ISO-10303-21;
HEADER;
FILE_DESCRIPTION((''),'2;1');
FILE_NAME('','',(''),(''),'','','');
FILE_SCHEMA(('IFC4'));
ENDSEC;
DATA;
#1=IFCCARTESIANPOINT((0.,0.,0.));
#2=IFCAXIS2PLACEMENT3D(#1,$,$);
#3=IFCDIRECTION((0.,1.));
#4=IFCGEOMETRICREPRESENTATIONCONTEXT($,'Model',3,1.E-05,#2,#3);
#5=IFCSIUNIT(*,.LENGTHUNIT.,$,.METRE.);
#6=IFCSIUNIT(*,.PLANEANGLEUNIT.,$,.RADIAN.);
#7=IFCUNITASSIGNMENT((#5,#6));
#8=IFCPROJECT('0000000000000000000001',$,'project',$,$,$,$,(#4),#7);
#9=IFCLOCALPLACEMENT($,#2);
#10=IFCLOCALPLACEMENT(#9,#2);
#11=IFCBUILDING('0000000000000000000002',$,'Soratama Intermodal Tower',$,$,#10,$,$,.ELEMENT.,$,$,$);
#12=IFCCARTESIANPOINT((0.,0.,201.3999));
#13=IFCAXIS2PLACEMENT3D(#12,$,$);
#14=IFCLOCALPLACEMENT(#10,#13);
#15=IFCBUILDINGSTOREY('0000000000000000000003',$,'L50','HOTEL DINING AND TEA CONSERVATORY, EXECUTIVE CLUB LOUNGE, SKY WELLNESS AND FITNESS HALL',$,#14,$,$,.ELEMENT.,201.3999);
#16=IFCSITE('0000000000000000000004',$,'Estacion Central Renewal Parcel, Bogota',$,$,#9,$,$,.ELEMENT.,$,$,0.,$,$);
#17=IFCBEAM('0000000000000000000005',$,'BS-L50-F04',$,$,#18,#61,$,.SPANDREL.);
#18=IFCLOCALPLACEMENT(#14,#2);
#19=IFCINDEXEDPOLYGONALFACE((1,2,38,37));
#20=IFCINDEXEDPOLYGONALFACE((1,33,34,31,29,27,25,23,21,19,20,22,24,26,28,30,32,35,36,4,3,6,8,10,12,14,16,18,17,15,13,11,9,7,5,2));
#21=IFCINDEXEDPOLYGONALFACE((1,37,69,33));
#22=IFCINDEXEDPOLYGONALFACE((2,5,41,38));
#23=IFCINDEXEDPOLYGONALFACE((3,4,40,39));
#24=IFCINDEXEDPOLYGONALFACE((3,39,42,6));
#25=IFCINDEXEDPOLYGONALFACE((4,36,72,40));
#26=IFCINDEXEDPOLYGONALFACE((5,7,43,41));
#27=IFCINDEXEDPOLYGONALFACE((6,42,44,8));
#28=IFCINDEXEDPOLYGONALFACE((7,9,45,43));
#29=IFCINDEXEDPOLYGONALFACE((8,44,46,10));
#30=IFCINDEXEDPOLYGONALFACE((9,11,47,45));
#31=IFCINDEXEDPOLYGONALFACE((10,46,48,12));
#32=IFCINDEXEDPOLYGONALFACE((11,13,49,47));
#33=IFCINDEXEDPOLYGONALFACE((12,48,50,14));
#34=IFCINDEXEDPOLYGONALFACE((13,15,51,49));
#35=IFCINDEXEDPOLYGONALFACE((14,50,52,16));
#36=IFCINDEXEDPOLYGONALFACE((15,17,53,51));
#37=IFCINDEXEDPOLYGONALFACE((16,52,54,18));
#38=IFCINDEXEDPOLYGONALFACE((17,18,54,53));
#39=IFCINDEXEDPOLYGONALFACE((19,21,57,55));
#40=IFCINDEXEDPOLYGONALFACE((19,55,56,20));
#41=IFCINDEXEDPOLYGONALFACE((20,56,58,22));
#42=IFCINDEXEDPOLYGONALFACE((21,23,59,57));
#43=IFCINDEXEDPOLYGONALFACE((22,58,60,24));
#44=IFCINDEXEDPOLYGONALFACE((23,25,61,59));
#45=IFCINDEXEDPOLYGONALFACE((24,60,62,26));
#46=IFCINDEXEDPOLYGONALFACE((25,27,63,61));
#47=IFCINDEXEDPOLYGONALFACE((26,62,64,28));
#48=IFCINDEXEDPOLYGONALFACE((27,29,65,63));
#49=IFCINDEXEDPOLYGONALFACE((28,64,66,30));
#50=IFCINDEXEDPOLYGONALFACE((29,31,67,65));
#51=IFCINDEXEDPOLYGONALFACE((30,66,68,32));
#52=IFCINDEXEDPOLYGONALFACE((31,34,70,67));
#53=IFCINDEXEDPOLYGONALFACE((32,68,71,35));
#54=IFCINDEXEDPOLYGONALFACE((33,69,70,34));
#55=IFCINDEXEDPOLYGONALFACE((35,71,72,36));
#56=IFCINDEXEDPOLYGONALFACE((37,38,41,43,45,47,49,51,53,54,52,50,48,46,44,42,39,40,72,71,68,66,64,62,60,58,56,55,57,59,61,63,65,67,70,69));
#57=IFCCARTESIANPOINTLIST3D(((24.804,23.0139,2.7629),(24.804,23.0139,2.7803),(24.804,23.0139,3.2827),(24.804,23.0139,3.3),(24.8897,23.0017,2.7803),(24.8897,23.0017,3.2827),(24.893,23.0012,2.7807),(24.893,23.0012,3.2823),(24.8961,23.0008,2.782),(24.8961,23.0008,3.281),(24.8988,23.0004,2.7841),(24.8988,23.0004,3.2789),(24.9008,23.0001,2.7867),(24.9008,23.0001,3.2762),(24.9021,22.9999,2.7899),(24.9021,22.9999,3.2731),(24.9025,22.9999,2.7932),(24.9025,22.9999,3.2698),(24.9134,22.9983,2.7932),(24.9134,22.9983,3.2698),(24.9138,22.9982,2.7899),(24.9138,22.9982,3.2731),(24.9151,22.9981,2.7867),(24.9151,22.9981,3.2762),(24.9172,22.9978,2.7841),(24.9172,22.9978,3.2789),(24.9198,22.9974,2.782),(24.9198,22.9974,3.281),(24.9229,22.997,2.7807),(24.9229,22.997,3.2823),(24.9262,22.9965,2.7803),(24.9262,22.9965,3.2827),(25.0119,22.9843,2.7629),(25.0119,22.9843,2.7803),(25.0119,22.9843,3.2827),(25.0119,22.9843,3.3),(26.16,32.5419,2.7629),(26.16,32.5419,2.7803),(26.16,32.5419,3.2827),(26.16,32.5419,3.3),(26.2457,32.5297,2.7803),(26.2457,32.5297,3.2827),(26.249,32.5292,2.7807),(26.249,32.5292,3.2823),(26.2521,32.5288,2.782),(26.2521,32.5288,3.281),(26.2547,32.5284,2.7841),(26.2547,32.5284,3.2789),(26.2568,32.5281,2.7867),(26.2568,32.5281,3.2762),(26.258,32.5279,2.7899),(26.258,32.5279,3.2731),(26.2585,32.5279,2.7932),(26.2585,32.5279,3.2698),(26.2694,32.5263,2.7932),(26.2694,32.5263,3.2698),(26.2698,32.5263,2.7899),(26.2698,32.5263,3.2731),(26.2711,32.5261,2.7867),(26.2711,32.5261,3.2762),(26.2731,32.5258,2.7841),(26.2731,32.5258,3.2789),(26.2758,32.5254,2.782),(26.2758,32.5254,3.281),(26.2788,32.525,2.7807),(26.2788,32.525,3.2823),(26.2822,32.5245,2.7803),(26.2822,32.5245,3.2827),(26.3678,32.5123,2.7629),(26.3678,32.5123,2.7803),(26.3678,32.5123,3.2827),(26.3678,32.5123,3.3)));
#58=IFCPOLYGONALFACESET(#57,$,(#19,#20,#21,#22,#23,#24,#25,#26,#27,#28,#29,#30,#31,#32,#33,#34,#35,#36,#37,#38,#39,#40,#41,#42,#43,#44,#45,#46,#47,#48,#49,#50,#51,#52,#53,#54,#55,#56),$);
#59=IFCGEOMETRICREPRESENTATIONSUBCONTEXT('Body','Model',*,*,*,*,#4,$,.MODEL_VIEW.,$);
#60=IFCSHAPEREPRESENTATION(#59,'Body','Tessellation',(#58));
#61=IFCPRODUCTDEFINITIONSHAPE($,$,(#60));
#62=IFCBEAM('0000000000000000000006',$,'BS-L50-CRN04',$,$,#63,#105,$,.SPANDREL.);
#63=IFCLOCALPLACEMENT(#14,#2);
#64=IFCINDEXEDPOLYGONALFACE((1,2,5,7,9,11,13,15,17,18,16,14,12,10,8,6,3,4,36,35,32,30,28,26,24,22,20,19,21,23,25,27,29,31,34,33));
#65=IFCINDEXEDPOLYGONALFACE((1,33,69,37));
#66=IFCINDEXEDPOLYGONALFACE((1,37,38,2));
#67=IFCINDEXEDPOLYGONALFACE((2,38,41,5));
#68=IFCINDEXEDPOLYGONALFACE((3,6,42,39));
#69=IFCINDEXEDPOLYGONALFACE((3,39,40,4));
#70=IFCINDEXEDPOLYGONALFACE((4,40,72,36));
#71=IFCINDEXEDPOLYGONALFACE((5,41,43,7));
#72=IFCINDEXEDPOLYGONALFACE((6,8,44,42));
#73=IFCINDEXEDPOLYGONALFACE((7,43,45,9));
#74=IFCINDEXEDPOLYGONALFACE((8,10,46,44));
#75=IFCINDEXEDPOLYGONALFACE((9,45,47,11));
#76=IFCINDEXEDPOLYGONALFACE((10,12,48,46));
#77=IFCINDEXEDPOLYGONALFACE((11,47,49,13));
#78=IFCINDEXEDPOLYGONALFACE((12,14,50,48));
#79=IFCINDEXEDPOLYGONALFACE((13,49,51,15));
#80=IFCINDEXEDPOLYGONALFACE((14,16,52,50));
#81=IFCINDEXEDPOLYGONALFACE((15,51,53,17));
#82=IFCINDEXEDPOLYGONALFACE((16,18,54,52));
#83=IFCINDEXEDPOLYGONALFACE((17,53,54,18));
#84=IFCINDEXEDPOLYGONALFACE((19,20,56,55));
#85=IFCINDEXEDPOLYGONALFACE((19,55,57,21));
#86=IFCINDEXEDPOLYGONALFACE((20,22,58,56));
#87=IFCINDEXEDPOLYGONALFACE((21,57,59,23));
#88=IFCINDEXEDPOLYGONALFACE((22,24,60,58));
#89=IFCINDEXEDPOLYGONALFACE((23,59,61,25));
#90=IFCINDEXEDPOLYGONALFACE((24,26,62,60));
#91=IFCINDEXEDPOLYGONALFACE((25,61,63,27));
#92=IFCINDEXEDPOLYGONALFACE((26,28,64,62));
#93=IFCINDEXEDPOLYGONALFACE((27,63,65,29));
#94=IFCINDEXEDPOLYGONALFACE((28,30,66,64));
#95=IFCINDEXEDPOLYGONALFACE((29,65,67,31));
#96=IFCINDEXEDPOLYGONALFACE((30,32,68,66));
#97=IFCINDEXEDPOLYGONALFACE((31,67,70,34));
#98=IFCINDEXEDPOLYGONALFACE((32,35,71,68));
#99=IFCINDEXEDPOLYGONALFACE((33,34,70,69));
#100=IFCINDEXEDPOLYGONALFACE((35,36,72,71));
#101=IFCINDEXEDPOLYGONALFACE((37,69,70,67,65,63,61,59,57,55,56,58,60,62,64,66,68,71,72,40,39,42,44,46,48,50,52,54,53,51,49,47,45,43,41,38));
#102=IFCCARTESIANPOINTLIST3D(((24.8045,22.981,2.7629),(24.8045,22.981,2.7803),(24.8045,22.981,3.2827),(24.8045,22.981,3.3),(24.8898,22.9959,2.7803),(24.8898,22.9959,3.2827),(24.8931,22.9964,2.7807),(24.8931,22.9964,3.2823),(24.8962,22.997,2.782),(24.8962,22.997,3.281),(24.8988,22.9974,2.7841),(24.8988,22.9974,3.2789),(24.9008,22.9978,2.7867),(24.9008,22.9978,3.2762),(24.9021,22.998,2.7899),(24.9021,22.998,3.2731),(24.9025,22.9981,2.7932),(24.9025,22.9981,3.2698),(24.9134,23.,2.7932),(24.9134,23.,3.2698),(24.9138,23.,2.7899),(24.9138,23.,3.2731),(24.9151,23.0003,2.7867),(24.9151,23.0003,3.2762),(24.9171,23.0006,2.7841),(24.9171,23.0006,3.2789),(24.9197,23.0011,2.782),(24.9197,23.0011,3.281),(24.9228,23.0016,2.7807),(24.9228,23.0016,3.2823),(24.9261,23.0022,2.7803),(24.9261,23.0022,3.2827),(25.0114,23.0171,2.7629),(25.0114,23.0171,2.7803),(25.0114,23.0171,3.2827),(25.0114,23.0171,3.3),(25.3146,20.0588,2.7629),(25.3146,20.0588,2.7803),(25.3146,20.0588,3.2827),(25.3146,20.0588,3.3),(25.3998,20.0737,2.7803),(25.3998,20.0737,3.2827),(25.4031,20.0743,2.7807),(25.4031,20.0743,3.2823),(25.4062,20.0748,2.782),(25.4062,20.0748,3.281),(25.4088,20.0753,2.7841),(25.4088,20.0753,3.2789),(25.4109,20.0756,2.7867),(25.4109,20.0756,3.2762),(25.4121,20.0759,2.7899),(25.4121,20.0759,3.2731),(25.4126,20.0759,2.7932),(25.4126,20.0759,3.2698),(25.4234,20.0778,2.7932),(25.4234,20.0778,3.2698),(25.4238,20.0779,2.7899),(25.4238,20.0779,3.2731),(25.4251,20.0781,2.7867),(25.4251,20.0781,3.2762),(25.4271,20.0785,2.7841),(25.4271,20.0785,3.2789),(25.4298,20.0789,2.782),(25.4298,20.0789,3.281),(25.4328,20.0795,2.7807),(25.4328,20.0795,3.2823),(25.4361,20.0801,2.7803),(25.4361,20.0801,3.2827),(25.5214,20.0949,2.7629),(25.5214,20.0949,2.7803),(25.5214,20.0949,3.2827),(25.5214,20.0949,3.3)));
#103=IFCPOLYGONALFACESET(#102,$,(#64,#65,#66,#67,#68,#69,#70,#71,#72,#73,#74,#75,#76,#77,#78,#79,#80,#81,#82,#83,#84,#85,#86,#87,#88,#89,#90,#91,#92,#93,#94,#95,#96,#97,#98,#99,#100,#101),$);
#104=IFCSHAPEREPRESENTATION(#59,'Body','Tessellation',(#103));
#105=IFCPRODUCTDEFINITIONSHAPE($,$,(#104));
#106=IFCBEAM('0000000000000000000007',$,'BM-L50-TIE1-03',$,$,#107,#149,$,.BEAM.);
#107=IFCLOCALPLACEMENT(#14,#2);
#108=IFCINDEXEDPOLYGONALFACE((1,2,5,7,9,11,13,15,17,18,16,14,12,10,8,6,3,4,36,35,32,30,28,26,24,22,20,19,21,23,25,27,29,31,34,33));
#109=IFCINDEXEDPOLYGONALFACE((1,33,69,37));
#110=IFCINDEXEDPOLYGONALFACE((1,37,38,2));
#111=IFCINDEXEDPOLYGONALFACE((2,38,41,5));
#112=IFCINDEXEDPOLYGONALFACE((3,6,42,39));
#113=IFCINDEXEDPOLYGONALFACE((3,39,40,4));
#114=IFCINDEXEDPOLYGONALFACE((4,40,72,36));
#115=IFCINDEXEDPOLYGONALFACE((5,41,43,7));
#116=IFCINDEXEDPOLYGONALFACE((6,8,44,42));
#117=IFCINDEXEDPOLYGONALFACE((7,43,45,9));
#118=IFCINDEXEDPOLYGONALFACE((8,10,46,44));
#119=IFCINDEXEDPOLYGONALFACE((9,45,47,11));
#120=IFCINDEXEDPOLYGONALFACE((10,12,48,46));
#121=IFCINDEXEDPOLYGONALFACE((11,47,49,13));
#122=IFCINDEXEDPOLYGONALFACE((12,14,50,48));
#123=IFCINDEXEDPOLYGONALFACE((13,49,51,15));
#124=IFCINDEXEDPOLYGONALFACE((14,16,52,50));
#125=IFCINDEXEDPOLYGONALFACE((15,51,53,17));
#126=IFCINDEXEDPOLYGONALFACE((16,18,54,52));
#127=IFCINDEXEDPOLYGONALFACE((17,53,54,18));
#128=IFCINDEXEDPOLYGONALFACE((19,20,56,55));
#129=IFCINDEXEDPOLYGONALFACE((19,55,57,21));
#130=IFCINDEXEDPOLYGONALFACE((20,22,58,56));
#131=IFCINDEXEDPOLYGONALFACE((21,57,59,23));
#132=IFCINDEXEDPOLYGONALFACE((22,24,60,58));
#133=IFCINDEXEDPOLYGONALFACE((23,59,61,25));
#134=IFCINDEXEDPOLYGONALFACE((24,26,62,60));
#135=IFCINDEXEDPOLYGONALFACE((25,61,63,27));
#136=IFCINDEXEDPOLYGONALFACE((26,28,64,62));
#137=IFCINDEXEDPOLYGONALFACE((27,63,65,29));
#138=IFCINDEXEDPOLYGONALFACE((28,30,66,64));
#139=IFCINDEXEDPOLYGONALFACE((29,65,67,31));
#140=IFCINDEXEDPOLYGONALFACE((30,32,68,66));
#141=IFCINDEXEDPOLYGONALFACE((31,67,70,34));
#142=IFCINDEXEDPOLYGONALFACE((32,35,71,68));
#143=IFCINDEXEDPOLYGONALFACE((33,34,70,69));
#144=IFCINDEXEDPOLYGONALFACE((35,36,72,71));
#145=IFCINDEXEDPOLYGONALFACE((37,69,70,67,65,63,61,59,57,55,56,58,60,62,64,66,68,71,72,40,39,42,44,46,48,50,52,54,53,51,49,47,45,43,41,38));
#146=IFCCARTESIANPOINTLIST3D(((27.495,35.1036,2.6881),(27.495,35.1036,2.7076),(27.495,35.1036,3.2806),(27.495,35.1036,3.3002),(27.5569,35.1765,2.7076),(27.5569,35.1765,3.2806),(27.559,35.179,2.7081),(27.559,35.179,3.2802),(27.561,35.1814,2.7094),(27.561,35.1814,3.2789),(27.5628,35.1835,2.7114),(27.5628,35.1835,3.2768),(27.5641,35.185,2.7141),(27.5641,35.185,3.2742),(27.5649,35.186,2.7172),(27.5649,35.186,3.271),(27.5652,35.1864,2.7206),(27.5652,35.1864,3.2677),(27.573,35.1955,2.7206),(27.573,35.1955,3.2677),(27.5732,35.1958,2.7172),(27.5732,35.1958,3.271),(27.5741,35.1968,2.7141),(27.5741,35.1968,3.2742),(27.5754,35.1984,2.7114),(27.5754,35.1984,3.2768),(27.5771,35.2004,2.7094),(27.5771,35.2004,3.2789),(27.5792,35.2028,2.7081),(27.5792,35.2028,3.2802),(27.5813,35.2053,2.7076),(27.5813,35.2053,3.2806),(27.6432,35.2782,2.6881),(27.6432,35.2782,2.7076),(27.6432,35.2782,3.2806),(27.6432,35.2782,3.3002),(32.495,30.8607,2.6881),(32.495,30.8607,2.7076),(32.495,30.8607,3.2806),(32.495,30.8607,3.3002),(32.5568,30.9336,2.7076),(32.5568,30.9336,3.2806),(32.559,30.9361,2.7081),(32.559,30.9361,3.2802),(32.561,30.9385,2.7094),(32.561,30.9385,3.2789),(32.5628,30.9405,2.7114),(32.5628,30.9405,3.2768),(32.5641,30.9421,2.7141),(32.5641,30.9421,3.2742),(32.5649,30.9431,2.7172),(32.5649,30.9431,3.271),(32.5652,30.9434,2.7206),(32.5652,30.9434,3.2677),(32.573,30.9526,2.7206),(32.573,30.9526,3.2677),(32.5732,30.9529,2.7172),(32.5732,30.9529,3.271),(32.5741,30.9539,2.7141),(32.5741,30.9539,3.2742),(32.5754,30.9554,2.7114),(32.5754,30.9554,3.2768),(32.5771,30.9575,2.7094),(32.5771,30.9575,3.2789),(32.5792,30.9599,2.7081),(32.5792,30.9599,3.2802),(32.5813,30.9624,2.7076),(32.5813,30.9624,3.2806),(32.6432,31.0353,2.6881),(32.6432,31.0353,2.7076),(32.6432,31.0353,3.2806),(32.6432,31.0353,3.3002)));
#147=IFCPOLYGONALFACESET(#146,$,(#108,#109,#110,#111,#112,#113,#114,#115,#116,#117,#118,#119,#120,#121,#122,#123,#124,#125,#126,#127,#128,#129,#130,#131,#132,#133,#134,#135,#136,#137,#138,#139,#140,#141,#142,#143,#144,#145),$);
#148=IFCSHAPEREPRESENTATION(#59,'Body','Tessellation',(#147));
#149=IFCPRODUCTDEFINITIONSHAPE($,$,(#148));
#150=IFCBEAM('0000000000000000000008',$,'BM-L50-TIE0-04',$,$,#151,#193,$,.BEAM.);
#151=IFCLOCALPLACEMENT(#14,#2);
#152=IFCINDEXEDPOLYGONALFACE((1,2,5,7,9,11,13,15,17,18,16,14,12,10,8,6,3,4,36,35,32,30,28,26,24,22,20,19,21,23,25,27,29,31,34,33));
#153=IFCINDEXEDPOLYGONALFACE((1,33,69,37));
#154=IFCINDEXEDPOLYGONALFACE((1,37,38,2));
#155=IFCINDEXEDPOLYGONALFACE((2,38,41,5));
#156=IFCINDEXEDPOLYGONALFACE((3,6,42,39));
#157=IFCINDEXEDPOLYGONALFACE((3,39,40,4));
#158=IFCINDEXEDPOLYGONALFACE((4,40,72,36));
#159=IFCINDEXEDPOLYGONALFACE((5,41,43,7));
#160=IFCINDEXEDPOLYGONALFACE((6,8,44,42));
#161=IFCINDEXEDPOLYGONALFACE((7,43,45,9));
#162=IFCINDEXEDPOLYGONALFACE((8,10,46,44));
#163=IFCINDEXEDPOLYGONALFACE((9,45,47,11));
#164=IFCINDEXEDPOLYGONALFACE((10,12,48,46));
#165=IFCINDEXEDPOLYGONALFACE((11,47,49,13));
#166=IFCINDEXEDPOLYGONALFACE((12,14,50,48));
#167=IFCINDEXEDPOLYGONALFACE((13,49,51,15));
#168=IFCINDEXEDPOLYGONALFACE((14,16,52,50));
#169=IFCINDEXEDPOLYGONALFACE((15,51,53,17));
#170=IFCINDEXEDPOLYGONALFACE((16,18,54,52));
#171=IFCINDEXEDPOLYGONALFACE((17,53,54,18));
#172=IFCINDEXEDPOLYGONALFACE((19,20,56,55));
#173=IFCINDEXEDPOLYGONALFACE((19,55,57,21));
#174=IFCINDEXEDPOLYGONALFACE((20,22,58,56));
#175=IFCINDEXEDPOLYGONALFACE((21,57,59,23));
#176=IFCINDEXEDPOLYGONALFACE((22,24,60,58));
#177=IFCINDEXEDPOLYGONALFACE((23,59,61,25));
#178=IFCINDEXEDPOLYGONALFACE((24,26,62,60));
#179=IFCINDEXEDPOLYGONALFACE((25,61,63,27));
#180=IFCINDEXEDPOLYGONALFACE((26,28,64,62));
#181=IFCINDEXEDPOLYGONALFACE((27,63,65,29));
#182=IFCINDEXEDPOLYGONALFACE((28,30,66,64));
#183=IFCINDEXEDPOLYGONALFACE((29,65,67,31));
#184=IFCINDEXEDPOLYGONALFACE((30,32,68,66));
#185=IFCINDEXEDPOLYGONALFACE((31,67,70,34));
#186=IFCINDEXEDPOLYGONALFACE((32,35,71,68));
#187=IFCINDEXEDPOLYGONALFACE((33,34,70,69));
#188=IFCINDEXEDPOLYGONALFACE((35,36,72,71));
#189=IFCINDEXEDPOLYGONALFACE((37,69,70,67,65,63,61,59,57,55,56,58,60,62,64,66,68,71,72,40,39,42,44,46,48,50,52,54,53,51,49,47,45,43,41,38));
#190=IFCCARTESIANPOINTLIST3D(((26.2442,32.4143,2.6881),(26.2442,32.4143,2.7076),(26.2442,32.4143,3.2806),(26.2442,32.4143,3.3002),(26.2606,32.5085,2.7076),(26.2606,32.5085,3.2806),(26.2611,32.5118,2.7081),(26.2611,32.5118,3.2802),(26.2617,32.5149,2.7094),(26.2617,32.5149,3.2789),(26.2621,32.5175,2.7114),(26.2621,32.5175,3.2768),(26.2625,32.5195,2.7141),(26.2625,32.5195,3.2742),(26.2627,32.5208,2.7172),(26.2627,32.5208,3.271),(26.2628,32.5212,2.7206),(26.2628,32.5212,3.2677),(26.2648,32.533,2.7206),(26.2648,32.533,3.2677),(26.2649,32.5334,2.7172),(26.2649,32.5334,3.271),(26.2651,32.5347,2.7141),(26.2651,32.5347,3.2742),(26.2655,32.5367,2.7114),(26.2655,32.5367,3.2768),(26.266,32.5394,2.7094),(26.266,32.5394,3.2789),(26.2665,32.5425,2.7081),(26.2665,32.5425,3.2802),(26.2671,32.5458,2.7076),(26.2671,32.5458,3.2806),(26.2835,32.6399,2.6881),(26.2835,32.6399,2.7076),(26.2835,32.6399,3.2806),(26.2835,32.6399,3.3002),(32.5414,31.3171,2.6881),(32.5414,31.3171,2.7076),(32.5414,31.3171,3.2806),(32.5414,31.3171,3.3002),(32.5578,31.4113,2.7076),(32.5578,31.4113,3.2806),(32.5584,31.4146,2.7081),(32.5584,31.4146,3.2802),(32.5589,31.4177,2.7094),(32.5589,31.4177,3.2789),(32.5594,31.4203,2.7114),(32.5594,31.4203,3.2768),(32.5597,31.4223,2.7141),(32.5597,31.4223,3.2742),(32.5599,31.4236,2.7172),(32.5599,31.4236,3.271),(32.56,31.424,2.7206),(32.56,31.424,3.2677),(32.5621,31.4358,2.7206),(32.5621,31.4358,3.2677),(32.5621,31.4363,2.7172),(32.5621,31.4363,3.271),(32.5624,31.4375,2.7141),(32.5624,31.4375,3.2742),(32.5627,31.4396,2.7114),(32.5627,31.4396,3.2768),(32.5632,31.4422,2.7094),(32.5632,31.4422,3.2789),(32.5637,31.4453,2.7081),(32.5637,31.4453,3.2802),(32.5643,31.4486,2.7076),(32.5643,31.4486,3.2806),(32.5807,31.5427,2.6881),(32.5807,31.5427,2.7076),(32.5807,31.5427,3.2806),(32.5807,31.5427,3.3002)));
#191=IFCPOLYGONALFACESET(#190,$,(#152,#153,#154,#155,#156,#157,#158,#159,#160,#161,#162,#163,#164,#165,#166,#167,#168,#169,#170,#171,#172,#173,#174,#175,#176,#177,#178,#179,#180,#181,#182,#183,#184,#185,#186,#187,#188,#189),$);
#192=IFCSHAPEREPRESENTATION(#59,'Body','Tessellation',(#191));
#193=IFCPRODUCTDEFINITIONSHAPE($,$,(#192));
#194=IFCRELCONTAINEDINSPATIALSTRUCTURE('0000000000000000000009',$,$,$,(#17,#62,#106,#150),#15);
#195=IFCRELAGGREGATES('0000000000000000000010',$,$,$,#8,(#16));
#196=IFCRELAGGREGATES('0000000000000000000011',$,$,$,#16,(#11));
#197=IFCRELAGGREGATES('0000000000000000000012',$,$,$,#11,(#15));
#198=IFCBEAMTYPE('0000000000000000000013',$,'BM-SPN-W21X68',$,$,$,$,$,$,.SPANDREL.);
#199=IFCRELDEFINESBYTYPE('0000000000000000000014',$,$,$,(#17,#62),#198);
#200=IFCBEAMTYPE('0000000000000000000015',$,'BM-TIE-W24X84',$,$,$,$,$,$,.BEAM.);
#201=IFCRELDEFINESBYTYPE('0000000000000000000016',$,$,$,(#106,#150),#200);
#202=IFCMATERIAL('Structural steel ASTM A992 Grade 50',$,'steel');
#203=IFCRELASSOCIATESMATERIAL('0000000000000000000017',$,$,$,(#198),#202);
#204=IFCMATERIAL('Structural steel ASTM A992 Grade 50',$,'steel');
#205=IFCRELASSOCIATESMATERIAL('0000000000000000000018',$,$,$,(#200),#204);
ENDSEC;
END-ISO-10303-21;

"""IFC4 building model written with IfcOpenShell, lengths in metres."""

from ifc_helpers import new_model, si_unit, direction, frame, origin, origin_2d, place, context, subcontext, project, spatial, i_section, extrude, material, material_profile, profile_set, type_object, element, save


model = new_model("IFC4")

# Units and contexts
model_context = context("Model", 3, precision=1e-05, world=origin(), true_north=direction((0.0, 1.0)))
body_context = subcontext(model_context, "Body", "Model", "MODEL_VIEW")
ifc_project = project(units=[si_unit("LENGTHUNIT", "METRE"), si_unit("PLANEANGLEUNIT", "RADIAN")], contexts=[model_context])

# Site, building, storey
site_placement = place(None, origin())
site = spatial("IfcSite", under=ifc_project, at=site_placement, Name="Estacion Central Renewal Parcel, Bogota", CompositionType="ELEMENT", RefElevation=0.0)
building_placement = place(site_placement, origin())
building = spatial("IfcBuilding", under=site, at=building_placement, Name="Soratama Intermodal Tower", CompositionType="ELEMENT")
storey_placement = place(building_placement, frame((0.0, 0.0, 201.3999)))
storey = spatial("IfcBuildingStorey", under=building, at=storey_placement, Name="L50", Description="HOTEL DINING AND TEA CONSERVATORY, EXECUTIVE CLUB LOUNGE, SKY WELLNESS AND FITNESS HALL", CompositionType="ELEMENT", Elevation=201.3999)

# Beams
ifc_material_1 = material(Name="Structural steel ASTM A992 Grade 50", Category="steel")
ifc_material_profile_1 = material_profile(ifc_material_1, i_section(OverallWidth=0.21, OverallDepth=0.5371, WebThickness=0.011, FlangeThickness=0.0173, FilletRadius=0.0129, at=origin_2d()), Name="W21X68")
ifc_profile_set_1 = profile_set([ifc_material_profile_1], Name="Structural steel ASTM A992 Grade 50")
beam_type_1 = type_object("IfcBeamType", Name="BM-SPN-W21X68", PredefinedType="SPANDREL", material=ifc_profile_set_1)
beam_1_placement = place(storey_placement, frame((26.2639, 32.5271, 3.0315), z_axis=(-0.140892, -0.990025, 0.0), x_axis=(0.990025, -0.140892, 0.0)))
element("IfcBeam", 1, at=beam_1_placement, inside=storey, type_object=beam_type_1, Name="BS-L50-F04", PredefinedType="SPANDREL", context=body_context, shape_type="SweptSolid", body=[
    extrude(i_section(OverallWidth=0.21, OverallDepth=0.5371, WebThickness=0.011, FlangeThickness=0.0173, FilletRadius=0.0129, at=origin_2d()), origin(), (0.0, 0.0, 1.0), 9.624),
])
beam_2_placement = place(storey_placement, frame((24.908, 22.999, 3.0315), z_axis=(0.171935, -0.985108, 0.0), x_axis=(0.985108, 0.171935, 0.0)))
element("IfcBeam", 2, at=beam_2_placement, inside=storey, type_object=beam_type_1, Name="BS-L50-CRN04", PredefinedType="SPANDREL", context=body_context, shape_type="SweptSolid", body=[
    extrude(i_section(OverallWidth=0.21, OverallDepth=0.5371, WebThickness=0.011, FlangeThickness=0.0173, FilletRadius=0.0129, at=origin_2d()), origin(), (0.0, 0.0, 1.0), 2.9663),
])
ifc_material_2 = material(Name="Structural steel ASTM A992 Grade 50", Category="steel")
ifc_material_profile_2 = material_profile(ifc_material_2, i_section(OverallWidth=0.229, OverallDepth=0.6121, WebThickness=0.012, FlangeThickness=0.0195, FilletRadius=0.0129, at=origin_2d()), Name="W24X84")
ifc_profile_set_2 = profile_set([ifc_material_profile_2], Name="Structural steel ASTM A992 Grade 50")
beam_type_2 = type_object("IfcBeamType", Name="BM-TIE-W24X84", PredefinedType="BEAM", material=ifc_profile_set_2)
beam_3_placement = place(storey_placement, frame((32.5691, 30.948, 2.9941), z_axis=(-0.762472, 0.647021, 0.0), x_axis=(-0.647021, -0.762472, 0.0)))
element("IfcBeam", 3, at=beam_3_placement, inside=storey, type_object=beam_type_2, Name="BM-L50-TIE1-03", PredefinedType="BEAM", context=body_context, shape_type="SweptSolid", body=[
    extrude(i_section(OverallWidth=0.229, OverallDepth=0.6121, WebThickness=0.012, FlangeThickness=0.0195, FilletRadius=0.0129, at=origin_2d()), origin(), (0.0, 0.0, 1.0), 6.5576),
])
beam_4_placement = place(storey_placement, frame((32.561, 31.4299, 2.9941), z_axis=(-0.985158, 0.171647, 0.0), x_axis=(-0.171647, -0.985158, 0.0)))
element("IfcBeam", 4, at=beam_4_placement, inside=storey, type_object=beam_type_2, Name="BM-L50-TIE0-04", PredefinedType="BEAM", context=body_context, shape_type="SweptSolid", body=[
    extrude(i_section(OverallWidth=0.229, OverallDepth=0.6121, WebThickness=0.012, FlangeThickness=0.0195, FilletRadius=0.0129, at=origin_2d()), origin(), (0.0, 0.0, 1.0), 6.3921),
])

save(model, "model.ifc")
